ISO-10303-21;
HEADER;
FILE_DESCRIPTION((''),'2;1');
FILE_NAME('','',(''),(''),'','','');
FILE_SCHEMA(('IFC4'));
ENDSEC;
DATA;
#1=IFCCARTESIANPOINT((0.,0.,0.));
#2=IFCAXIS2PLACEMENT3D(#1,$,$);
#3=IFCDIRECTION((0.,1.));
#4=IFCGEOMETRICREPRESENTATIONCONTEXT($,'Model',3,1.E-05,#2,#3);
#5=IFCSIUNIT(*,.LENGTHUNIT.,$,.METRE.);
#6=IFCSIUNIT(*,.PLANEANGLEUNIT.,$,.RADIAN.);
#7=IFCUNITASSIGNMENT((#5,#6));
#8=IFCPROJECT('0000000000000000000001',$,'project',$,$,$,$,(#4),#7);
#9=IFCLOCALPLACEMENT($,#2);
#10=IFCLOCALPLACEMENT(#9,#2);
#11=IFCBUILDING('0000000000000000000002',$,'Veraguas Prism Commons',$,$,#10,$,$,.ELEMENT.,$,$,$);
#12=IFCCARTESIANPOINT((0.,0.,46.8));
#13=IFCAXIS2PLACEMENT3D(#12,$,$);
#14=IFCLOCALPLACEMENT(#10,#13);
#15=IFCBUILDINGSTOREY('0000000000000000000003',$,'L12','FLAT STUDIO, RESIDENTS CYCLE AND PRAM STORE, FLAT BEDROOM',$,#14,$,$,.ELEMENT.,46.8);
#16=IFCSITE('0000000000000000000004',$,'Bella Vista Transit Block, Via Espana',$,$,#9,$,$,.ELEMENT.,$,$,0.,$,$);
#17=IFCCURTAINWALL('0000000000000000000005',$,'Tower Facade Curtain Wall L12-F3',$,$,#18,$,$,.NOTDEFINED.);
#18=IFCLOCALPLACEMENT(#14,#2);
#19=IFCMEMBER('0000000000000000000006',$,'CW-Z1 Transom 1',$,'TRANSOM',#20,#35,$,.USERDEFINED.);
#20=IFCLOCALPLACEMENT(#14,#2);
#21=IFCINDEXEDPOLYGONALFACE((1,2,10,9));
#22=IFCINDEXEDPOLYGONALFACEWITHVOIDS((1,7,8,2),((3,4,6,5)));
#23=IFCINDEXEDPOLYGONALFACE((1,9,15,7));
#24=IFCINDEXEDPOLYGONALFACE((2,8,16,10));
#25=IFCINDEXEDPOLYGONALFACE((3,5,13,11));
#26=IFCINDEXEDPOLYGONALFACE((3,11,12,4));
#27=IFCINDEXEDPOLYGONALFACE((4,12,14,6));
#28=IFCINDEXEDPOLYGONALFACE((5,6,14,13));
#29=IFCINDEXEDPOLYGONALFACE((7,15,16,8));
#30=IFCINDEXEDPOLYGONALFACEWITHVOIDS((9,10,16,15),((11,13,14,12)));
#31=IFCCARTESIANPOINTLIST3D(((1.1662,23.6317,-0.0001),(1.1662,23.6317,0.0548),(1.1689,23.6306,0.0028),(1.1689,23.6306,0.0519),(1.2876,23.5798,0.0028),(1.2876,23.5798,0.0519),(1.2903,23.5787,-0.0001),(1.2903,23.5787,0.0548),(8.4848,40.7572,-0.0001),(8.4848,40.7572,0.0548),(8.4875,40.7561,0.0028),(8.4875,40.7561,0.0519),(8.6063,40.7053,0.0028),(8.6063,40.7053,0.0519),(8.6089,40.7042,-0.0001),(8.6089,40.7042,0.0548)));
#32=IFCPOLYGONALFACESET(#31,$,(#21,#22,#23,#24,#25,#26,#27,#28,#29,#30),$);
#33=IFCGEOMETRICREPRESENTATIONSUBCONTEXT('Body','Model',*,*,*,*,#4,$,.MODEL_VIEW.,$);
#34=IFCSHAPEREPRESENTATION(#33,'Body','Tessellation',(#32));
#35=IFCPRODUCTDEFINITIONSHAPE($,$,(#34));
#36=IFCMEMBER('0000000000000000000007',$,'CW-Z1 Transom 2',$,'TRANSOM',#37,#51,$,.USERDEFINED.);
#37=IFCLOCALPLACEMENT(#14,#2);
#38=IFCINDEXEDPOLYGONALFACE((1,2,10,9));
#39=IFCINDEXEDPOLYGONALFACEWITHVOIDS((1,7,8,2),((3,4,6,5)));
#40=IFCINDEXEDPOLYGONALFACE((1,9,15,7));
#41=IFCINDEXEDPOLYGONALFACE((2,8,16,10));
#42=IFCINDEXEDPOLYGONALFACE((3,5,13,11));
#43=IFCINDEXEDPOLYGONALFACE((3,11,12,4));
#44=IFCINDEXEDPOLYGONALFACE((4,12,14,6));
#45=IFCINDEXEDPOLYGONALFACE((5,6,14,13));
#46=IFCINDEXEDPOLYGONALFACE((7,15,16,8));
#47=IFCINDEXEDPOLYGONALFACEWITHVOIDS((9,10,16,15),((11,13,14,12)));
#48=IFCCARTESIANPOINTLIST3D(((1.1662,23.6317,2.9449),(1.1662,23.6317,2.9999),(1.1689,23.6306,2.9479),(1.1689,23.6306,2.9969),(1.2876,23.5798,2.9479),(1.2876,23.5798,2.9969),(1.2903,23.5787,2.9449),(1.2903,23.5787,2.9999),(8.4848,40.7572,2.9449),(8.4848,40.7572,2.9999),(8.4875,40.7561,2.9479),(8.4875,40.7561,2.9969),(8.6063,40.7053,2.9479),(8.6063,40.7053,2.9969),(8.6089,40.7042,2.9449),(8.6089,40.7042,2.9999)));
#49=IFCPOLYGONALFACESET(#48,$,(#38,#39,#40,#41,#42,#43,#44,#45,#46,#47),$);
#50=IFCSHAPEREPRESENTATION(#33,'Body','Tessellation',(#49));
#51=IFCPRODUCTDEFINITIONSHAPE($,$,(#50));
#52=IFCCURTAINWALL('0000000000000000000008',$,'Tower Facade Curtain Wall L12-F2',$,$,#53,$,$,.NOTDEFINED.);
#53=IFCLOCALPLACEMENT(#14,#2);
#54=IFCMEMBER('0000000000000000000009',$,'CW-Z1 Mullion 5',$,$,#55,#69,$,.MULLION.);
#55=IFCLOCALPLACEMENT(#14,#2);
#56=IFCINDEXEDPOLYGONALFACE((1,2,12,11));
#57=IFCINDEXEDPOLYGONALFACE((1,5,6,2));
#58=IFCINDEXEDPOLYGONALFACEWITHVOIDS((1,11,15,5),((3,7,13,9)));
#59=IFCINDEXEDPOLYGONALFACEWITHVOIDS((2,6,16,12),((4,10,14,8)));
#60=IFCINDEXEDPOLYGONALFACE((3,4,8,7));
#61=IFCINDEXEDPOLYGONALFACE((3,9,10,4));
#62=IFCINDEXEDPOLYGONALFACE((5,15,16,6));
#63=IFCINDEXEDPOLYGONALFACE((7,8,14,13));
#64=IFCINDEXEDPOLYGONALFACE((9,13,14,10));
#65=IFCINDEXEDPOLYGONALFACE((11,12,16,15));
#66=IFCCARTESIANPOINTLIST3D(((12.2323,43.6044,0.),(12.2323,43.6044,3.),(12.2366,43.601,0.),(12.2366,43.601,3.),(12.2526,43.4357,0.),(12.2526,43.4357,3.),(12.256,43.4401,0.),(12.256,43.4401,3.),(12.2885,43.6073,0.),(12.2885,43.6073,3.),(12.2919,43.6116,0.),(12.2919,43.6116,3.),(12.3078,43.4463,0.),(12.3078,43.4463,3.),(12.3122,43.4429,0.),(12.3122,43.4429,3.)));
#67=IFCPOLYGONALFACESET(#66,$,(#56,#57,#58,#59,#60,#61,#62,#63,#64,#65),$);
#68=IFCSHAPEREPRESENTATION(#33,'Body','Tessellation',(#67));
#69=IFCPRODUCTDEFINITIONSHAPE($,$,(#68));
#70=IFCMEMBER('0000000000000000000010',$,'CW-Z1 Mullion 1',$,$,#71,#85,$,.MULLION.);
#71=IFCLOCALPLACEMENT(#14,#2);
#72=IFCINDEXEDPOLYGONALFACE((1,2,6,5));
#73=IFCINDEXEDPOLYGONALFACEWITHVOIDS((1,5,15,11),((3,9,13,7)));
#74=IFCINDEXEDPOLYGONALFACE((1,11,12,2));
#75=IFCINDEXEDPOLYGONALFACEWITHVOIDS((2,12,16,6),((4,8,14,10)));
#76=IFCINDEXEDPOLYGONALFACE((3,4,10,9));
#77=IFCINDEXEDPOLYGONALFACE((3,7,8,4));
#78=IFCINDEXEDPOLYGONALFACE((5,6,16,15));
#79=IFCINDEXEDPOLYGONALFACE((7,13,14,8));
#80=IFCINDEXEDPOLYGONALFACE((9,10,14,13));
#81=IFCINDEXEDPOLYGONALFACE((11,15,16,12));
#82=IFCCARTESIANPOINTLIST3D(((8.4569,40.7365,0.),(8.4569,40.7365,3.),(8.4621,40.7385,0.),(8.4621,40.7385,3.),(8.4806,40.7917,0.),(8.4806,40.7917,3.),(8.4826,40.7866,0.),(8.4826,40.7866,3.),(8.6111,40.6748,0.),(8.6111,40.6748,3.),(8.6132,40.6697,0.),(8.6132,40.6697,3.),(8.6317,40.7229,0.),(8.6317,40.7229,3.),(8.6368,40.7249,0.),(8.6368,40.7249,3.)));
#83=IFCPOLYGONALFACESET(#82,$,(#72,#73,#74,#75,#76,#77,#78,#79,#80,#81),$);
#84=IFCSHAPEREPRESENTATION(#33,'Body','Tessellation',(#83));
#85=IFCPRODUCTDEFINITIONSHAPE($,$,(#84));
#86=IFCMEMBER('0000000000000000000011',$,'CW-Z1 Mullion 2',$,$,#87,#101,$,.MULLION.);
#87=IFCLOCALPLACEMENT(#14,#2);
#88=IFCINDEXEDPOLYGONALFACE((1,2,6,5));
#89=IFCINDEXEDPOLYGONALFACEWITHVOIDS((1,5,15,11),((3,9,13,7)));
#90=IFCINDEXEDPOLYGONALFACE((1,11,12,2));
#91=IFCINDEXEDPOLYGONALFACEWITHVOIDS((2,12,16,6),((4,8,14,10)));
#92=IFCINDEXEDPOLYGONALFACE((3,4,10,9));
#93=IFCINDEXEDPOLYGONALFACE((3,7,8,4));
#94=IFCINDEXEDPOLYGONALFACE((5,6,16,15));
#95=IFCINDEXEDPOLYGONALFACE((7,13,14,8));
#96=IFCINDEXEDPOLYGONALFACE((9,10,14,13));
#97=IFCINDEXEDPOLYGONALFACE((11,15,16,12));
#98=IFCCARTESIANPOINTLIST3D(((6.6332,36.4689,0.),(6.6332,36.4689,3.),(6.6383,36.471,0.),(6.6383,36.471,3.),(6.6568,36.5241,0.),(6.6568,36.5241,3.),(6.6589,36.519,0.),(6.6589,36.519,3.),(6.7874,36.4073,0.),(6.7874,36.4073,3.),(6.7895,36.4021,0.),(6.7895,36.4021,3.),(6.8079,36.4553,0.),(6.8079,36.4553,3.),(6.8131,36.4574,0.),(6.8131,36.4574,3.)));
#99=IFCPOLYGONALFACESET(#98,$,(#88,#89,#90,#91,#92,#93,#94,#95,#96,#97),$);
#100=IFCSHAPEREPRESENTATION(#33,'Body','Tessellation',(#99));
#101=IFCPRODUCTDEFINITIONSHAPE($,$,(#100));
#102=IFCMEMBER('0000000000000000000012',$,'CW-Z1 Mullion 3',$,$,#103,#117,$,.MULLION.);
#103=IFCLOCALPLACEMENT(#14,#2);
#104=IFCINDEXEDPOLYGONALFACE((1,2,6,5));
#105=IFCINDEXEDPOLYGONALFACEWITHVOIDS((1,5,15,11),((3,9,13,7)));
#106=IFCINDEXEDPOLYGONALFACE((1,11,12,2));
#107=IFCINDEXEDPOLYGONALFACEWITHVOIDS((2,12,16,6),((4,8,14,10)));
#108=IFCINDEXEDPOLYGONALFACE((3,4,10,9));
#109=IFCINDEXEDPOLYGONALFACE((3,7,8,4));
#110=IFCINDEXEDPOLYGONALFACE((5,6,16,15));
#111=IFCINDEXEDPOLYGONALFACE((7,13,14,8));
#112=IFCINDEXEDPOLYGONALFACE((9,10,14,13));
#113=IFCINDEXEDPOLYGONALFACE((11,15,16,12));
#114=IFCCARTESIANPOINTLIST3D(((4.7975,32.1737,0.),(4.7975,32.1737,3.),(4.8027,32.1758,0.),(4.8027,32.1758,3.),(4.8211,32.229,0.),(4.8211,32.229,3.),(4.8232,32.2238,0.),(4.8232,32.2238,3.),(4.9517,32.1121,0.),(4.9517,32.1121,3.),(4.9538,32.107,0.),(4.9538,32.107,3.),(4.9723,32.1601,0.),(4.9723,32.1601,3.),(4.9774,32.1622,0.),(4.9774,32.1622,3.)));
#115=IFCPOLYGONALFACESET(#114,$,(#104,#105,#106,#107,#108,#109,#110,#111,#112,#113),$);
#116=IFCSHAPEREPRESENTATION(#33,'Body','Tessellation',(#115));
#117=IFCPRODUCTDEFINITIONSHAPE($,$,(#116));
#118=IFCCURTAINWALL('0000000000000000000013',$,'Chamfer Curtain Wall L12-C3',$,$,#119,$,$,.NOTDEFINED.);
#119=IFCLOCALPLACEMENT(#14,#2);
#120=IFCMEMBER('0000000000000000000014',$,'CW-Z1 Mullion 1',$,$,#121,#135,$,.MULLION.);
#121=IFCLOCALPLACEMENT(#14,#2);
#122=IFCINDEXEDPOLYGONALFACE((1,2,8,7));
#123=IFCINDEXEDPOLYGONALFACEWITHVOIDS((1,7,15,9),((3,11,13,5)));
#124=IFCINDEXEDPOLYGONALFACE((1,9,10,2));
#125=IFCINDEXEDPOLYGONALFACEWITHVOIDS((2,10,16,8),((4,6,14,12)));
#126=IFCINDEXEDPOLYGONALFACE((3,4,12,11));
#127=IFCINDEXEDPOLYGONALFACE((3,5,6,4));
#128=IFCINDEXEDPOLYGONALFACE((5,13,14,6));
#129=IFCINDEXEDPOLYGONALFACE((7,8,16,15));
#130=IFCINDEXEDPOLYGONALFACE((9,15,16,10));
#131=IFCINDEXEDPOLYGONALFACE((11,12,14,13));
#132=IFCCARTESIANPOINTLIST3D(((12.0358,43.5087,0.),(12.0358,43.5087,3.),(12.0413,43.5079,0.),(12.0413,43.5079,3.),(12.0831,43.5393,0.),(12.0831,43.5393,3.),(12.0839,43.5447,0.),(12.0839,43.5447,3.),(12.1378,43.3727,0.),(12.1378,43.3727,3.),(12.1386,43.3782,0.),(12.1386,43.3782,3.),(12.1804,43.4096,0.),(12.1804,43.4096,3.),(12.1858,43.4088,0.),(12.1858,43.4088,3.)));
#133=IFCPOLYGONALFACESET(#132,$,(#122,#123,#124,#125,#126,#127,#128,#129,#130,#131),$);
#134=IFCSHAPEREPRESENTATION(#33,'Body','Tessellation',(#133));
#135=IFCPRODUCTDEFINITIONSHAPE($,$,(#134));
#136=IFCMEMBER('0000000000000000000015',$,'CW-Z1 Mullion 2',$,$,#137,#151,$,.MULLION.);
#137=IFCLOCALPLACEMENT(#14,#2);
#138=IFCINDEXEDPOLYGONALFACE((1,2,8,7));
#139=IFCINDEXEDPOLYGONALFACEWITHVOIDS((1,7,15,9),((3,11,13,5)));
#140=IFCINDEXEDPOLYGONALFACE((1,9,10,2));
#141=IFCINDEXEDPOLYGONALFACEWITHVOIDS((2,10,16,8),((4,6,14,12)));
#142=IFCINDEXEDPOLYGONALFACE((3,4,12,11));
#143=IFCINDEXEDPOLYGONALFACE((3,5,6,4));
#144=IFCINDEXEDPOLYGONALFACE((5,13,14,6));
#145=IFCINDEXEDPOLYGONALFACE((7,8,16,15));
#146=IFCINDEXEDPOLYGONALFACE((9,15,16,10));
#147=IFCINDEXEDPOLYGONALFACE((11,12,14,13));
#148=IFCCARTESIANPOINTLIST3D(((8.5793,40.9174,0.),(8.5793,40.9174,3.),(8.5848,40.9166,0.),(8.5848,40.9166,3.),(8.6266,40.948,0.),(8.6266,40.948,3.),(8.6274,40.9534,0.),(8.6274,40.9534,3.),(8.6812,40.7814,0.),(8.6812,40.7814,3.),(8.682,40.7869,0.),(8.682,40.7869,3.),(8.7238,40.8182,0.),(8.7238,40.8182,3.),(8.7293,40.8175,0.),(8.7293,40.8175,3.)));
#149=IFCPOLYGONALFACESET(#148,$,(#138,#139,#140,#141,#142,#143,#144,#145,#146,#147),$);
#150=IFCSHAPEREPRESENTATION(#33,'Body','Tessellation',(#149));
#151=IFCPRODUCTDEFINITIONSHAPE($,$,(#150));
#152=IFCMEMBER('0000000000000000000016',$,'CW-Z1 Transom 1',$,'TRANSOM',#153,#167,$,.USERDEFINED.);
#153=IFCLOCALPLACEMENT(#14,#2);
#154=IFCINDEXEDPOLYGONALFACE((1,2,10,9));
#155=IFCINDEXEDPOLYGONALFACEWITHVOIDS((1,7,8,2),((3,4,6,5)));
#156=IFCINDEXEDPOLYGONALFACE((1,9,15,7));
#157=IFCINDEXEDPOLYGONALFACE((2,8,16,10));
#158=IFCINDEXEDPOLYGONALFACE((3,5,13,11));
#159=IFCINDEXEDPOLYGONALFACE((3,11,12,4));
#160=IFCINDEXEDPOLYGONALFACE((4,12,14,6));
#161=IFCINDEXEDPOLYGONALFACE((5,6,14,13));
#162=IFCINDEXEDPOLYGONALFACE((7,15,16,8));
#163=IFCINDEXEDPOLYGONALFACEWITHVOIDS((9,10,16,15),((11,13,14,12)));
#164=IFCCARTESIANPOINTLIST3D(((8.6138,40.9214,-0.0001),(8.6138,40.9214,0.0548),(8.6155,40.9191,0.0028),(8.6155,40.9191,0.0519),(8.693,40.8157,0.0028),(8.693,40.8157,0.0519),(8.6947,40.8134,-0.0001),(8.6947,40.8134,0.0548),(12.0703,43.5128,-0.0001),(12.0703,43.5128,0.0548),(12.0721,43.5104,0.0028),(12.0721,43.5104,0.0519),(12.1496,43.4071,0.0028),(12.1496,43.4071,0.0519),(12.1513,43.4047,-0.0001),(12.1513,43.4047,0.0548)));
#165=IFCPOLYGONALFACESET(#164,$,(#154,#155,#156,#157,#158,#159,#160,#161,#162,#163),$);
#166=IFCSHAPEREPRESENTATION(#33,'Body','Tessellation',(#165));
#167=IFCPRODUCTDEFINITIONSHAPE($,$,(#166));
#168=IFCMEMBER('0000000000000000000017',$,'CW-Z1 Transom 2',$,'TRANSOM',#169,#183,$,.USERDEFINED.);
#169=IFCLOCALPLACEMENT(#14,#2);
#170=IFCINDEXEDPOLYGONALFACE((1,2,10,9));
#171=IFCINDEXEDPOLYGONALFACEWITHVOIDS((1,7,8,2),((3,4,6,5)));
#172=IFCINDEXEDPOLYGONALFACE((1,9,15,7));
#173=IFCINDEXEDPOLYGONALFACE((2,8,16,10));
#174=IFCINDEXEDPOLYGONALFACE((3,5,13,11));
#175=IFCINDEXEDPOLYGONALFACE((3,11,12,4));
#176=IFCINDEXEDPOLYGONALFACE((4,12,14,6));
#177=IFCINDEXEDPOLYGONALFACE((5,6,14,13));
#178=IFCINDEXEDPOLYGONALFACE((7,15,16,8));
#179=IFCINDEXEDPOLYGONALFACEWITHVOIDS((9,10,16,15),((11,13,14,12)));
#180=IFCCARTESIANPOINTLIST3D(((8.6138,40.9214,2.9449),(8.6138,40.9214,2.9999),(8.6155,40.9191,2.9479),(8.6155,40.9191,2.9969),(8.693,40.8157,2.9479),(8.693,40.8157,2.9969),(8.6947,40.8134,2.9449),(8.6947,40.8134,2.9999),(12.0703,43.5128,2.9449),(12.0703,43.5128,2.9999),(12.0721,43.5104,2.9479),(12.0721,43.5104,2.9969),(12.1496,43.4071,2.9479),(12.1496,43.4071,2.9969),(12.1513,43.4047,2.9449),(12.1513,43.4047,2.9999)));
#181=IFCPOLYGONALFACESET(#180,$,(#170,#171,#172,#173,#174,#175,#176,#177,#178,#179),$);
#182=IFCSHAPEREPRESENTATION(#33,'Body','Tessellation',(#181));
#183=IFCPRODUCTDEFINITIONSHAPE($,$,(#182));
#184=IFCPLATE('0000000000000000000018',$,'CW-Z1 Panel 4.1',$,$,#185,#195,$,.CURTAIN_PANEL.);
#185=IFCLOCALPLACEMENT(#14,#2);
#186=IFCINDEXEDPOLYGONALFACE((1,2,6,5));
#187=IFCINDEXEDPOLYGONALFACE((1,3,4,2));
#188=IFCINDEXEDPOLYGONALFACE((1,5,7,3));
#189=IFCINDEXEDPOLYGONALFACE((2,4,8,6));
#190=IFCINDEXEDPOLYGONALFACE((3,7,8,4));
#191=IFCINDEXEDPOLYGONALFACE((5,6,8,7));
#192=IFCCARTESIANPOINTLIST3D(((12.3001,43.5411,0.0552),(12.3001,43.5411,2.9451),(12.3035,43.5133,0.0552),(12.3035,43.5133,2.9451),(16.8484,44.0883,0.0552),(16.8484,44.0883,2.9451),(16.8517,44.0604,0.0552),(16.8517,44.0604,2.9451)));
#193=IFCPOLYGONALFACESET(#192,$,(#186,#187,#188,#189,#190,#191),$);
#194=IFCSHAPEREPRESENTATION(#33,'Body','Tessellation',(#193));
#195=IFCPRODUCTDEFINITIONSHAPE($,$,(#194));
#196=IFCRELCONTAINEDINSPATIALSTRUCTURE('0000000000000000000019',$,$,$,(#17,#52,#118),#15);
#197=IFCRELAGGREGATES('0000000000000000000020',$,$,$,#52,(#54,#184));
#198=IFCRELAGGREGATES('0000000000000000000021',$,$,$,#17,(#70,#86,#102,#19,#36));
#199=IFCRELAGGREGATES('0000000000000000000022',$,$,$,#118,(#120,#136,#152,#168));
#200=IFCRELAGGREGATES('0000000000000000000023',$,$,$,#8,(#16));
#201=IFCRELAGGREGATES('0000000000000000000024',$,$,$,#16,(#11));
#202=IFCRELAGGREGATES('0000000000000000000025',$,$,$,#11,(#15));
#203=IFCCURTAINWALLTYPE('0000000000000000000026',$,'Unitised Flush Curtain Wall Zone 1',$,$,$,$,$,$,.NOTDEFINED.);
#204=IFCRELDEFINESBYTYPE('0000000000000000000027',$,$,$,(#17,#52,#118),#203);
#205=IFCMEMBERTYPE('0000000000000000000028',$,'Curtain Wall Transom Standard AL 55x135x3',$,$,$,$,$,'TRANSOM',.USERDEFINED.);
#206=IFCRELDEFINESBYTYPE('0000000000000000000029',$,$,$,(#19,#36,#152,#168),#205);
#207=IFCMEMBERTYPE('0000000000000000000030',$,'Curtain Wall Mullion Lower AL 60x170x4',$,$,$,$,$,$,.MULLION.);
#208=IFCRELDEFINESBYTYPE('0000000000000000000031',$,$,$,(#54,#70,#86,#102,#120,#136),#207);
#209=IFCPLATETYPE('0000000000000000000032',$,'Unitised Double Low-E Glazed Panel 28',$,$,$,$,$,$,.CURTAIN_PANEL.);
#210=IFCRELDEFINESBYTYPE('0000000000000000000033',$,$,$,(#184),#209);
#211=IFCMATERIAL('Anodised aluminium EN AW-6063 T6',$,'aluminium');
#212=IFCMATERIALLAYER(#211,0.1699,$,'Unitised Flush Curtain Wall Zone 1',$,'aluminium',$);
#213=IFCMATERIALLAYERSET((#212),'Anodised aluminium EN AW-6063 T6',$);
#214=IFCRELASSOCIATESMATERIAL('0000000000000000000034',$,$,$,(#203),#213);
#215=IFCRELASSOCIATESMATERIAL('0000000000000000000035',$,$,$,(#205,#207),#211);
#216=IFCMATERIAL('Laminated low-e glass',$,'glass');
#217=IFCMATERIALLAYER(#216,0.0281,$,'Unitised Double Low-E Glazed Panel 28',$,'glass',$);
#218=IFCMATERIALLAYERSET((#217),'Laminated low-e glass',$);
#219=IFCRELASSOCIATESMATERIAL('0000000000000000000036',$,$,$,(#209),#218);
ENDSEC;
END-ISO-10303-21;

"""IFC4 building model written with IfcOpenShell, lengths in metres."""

from ifc_helpers import new_model, si_unit, direction, frame, origin, origin_2d, place, context, subcontext, project, spatial, rectangle, hollow_rectangle, extrude, source, transform, mapped, material, layer, layer_set, material_profile, profile_set, type_object, element, aggregate, save


model = new_model("IFC4")

# Units and contexts
model_context = context("Model", 3, precision=1e-05, world=origin(), true_north=direction((0.0, 1.0)))
body_context = subcontext(model_context, "Body", "Model", "MODEL_VIEW")
ifc_project = project(units=[si_unit("LENGTHUNIT", "METRE"), si_unit("PLANEANGLEUNIT", "RADIAN")], contexts=[model_context])

# Site, building, storey
site_placement = place(None, origin())
site = spatial("IfcSite", under=ifc_project, at=site_placement, Name="Bella Vista Transit Block, Via Espana", CompositionType="ELEMENT", RefElevation=0.0)
building_placement = place(site_placement, origin())
building = spatial("IfcBuilding", under=site, at=building_placement, Name="Veraguas Prism Commons", CompositionType="ELEMENT")
storey_placement = place(building_placement, frame((0.0, 0.0, 46.8)))
storey = spatial("IfcBuildingStorey", under=building, at=storey_placement, Name="L12", Description="FLAT STUDIO, RESIDENTS CYCLE AND PRAM STORE, FLAT BEDROOM", CompositionType="ELEMENT", Elevation=46.8)

# Curtain wall, members
ifc_material_1 = material(Name="Anodised aluminium EN AW-6063 T6", Category="aluminium")
ifc_layer_1 = layer(ifc_material_1, 0.1699, Name="Unitised Flush Curtain Wall Zone 1", Category="aluminium")
ifc_layer_set_1 = layer_set([ifc_layer_1], Name="Anodised aluminium EN AW-6063 T6")
curtain_wall_type = type_object("IfcCurtainWallType", Name="Unitised Flush Curtain Wall Zone 1", PredefinedType="NOTDEFINED", material=ifc_layer_set_1)
curtain_wall_1_placement = place(storey_placement, origin())
curtain_wall_1 = element("IfcCurtainWall", 1, at=curtain_wall_1_placement, inside=storey, type_object=curtain_wall_type, Name="Tower Facade Curtain Wall L12-F3", PredefinedType="NOTDEFINED")
ifc_material_profile_1 = material_profile(ifc_material_1, hollow_rectangle(XDim=0.0549, YDim=0.135, WallThickness=0.0029, at=origin_2d()), Name="AL55X135X3")
ifc_profile_set_1 = profile_set([ifc_material_profile_1], Name="Anodised aluminium EN AW-6063 T6")
member_type_1 = type_object("IfcMemberType", Name="Curtain Wall Transom Standard AL 55x135x3", ElementType="TRANSOM", PredefinedType="USERDEFINED", material=ifc_profile_set_1)
shared_shape_1 = source(origin(), body_context, "Body", "SweptSolid", [
    extrude(hollow_rectangle(XDim=0.0549, YDim=0.135, WallThickness=0.0029, at=origin_2d()), origin(), (0.0, 0.0, 1.0), 18.6238),
])
member_1_placement = place(storey_placement, frame((8.5469, 40.7307, 0.0273), z_axis=(-0.392971, -0.919551, 0.0), x_axis=(0.0, 0.0, 1.0)))
member_1 = element("IfcMember", 2, at=member_1_placement, type_object=member_type_1, Name="CW-Z1 Transom 1", ObjectType="TRANSOM", PredefinedType="USERDEFINED", context=body_context, shape_type="MappedRepresentation", body=[
    mapped(shared_shape_1, transform((0.0, 0.0, 0.0), scale=1.0)),
])
member_2_placement = place(storey_placement, frame((8.5469, 40.7307, 2.9724), z_axis=(-0.392971, -0.919551, 0.0), x_axis=(0.0, 0.0, 1.0)))
member_2 = element("IfcMember", 3, at=member_2_placement, type_object=member_type_1, Name="CW-Z1 Transom 2", ObjectType="TRANSOM", PredefinedType="USERDEFINED", context=body_context, shape_type="MappedRepresentation", body=[
    mapped(shared_shape_1, transform((0.0, 0.0, 0.0), scale=1.0)),
])

# Curtain wall, member
curtain_wall_2_placement = place(storey_placement, origin())
curtain_wall_2 = element("IfcCurtainWall", 4, at=curtain_wall_2_placement, inside=storey, type_object=curtain_wall_type, Name="Tower Facade Curtain Wall L12-F2", PredefinedType="NOTDEFINED")
ifc_material_profile_2 = material_profile(ifc_material_1, hollow_rectangle(XDim=0.0601, YDim=0.1699, WallThickness=0.0039, at=origin_2d()), Name="AL60X170X4")
ifc_profile_set_2 = profile_set([ifc_material_profile_2], Name="Anodised aluminium EN AW-6063 T6")
member_type_2 = type_object("IfcMemberType", Name="Curtain Wall Mullion Lower AL 60x170x4", PredefinedType="MULLION", material=ifc_profile_set_2)
shared_shape_2 = source(origin(), body_context, "Body", "SweptSolid", [
    extrude(hollow_rectangle(XDim=0.0601, YDim=0.1699, WallThickness=0.0039, at=origin_2d()), origin(), (0.0, 0.0, 1.0), 3.0),
])
member_3_placement = place(storey_placement, frame((12.2722, 43.5237, 0.0), z_axis=(0.0, 0.0, 1.0), x_axis=(-0.992841, -0.11944, 0.0)))
member_3 = element("IfcMember", 5, at=member_3_placement, type_object=member_type_2, Name="CW-Z1 Mullion 5", PredefinedType="MULLION", context=body_context, shape_type="MappedRepresentation", body=[
    mapped(shared_shape_2, transform((0.0, 0.0, 0.0), scale=1.0)),
])

# Members
member_4_placement = place(storey_placement, frame((8.5469, 40.7307, 0.0), z_axis=(0.0, 0.0, 1.0), x_axis=(-0.392978, -0.919548, 0.0)))
member_4 = element("IfcMember", 6, at=member_4_placement, type_object=member_type_2, Name="CW-Z1 Mullion 1", PredefinedType="MULLION", context=body_context, shape_type="MappedRepresentation", body=[
    mapped(shared_shape_2, transform((0.0, 0.0, 0.0), scale=1.0)),
])
member_5_placement = place(storey_placement, frame((6.7231, 36.4631, 0.0), z_axis=(0.0, 0.0, 1.0), x_axis=(-0.392978, -0.919548, 0.0)))
member_5 = element("IfcMember", 7, at=member_5_placement, type_object=member_type_2, Name="CW-Z1 Mullion 2", PredefinedType="MULLION", context=body_context, shape_type="MappedRepresentation", body=[
    mapped(shared_shape_2, transform((0.0, 0.0, 0.0), scale=1.0)),
])
member_6_placement = place(storey_placement, frame((4.8875, 32.168, 0.0), z_axis=(0.0, 0.0, 1.0), x_axis=(-0.392978, -0.919548, 0.0)))
member_6 = element("IfcMember", 8, at=member_6_placement, type_object=member_type_2, Name="CW-Z1 Mullion 3", PredefinedType="MULLION", context=body_context, shape_type="MappedRepresentation", body=[
    mapped(shared_shape_2, transform((0.0, 0.0, 0.0), scale=1.0)),
])

# Curtain wall, members
curtain_wall_3_placement = place(storey_placement, origin())
curtain_wall_3 = element("IfcCurtainWall", 9, at=curtain_wall_3_placement, inside=storey, type_object=curtain_wall_type, Name="Chamfer Curtain Wall L12-C3", PredefinedType="NOTDEFINED")
member_7_placement = place(storey_placement, frame((12.1108, 43.4587, 0.0), z_axis=(0.0, 0.0, 1.0), x_axis=(-0.800107, -0.599858, 0.0)))
member_7 = element("IfcMember", 10, at=member_7_placement, type_object=member_type_2, Name="CW-Z1 Mullion 1", PredefinedType="MULLION", context=body_context, shape_type="MappedRepresentation", body=[
    mapped(shared_shape_2, transform((0.0, 0.0, 0.0), scale=1.0)),
])
member_8_placement = place(storey_placement, frame((8.6543, 40.8674, 0.0), z_axis=(0.0, 0.0, 1.0), x_axis=(-0.800107, -0.599858, 0.0)))
member_8 = element("IfcMember", 11, at=member_8_placement, type_object=member_type_2, Name="CW-Z1 Mullion 2", PredefinedType="MULLION", context=body_context, shape_type="MappedRepresentation", body=[
    mapped(shared_shape_2, transform((0.0, 0.0, 0.0), scale=1.0)),
])
shared_shape_3 = source(origin(), body_context, "Body", "SweptSolid", [
    extrude(hollow_rectangle(XDim=0.0549, YDim=0.135, WallThickness=0.0029, at=origin_2d()), origin(), (0.0, 0.0, 1.0), 4.3201),
])
member_9_placement = place(storey_placement, frame((12.1108, 43.4587, 0.0273), z_axis=(-0.800122, -0.599837, 0.0), x_axis=(0.0, 0.0, 1.0)))
member_9 = element("IfcMember", 12, at=member_9_placement, type_object=member_type_1, Name="CW-Z1 Transom 1", ObjectType="TRANSOM", PredefinedType="USERDEFINED", context=body_context, shape_type="MappedRepresentation", body=[
    mapped(shared_shape_3, transform((0.0, 0.0, 0.0), scale=1.0)),
])
member_10_placement = place(storey_placement, frame((12.1108, 43.4587, 2.9724), z_axis=(-0.800122, -0.599837, 0.0), x_axis=(0.0, 0.0, 1.0)))
member_10 = element("IfcMember", 13, at=member_10_placement, type_object=member_type_1, Name="CW-Z1 Transom 2", ObjectType="TRANSOM", PredefinedType="USERDEFINED", context=body_context, shape_type="MappedRepresentation", body=[
    mapped(shared_shape_3, transform((0.0, 0.0, 0.0), scale=1.0)),
])

# Plate
ifc_material_2 = material(Name="Laminated low-e glass", Category="glass")
ifc_layer_2 = layer(ifc_material_2, 0.0281, Name="Unitised Double Low-E Glazed Panel 28", Category="glass")
ifc_layer_set_2 = layer_set([ifc_layer_2], Name="Laminated low-e glass")
plate_type = type_object("IfcPlateType", Name="Unitised Double Low-E Glazed Panel 28", PredefinedType="CURTAIN_PANEL", material=ifc_layer_set_2)
shared_shape_4 = source(origin(), body_context, "Body", "SweptSolid", [
    extrude(rectangle(XDim=4.5811, YDim=0.0281, at=origin_2d()), origin(), (0.0, 0.0, 1.0), 2.8899),
])
plate_1_placement = place(storey_placement, frame((14.5759, 43.8008, 0.0552), z_axis=(0.0, 0.0, 1.0), x_axis=(-0.992841, -0.11944, 0.0)))
plate_1 = element("IfcPlate", 14, at=plate_1_placement, type_object=plate_type, Name="CW-Z1 Panel 4.1", PredefinedType="CURTAIN_PANEL", context=body_context, shape_type="MappedRepresentation", body=[
    mapped(shared_shape_4, transform((0.0, 0.0, 0.0), scale=1.0)),
])
aggregate(curtain_wall_2, [member_3, plate_1])
aggregate(curtain_wall_1, [member_4, member_5, member_6, member_1, member_2])
aggregate(curtain_wall_3, [member_7, member_8, member_9, member_10])

save(model, "model.ifc")
